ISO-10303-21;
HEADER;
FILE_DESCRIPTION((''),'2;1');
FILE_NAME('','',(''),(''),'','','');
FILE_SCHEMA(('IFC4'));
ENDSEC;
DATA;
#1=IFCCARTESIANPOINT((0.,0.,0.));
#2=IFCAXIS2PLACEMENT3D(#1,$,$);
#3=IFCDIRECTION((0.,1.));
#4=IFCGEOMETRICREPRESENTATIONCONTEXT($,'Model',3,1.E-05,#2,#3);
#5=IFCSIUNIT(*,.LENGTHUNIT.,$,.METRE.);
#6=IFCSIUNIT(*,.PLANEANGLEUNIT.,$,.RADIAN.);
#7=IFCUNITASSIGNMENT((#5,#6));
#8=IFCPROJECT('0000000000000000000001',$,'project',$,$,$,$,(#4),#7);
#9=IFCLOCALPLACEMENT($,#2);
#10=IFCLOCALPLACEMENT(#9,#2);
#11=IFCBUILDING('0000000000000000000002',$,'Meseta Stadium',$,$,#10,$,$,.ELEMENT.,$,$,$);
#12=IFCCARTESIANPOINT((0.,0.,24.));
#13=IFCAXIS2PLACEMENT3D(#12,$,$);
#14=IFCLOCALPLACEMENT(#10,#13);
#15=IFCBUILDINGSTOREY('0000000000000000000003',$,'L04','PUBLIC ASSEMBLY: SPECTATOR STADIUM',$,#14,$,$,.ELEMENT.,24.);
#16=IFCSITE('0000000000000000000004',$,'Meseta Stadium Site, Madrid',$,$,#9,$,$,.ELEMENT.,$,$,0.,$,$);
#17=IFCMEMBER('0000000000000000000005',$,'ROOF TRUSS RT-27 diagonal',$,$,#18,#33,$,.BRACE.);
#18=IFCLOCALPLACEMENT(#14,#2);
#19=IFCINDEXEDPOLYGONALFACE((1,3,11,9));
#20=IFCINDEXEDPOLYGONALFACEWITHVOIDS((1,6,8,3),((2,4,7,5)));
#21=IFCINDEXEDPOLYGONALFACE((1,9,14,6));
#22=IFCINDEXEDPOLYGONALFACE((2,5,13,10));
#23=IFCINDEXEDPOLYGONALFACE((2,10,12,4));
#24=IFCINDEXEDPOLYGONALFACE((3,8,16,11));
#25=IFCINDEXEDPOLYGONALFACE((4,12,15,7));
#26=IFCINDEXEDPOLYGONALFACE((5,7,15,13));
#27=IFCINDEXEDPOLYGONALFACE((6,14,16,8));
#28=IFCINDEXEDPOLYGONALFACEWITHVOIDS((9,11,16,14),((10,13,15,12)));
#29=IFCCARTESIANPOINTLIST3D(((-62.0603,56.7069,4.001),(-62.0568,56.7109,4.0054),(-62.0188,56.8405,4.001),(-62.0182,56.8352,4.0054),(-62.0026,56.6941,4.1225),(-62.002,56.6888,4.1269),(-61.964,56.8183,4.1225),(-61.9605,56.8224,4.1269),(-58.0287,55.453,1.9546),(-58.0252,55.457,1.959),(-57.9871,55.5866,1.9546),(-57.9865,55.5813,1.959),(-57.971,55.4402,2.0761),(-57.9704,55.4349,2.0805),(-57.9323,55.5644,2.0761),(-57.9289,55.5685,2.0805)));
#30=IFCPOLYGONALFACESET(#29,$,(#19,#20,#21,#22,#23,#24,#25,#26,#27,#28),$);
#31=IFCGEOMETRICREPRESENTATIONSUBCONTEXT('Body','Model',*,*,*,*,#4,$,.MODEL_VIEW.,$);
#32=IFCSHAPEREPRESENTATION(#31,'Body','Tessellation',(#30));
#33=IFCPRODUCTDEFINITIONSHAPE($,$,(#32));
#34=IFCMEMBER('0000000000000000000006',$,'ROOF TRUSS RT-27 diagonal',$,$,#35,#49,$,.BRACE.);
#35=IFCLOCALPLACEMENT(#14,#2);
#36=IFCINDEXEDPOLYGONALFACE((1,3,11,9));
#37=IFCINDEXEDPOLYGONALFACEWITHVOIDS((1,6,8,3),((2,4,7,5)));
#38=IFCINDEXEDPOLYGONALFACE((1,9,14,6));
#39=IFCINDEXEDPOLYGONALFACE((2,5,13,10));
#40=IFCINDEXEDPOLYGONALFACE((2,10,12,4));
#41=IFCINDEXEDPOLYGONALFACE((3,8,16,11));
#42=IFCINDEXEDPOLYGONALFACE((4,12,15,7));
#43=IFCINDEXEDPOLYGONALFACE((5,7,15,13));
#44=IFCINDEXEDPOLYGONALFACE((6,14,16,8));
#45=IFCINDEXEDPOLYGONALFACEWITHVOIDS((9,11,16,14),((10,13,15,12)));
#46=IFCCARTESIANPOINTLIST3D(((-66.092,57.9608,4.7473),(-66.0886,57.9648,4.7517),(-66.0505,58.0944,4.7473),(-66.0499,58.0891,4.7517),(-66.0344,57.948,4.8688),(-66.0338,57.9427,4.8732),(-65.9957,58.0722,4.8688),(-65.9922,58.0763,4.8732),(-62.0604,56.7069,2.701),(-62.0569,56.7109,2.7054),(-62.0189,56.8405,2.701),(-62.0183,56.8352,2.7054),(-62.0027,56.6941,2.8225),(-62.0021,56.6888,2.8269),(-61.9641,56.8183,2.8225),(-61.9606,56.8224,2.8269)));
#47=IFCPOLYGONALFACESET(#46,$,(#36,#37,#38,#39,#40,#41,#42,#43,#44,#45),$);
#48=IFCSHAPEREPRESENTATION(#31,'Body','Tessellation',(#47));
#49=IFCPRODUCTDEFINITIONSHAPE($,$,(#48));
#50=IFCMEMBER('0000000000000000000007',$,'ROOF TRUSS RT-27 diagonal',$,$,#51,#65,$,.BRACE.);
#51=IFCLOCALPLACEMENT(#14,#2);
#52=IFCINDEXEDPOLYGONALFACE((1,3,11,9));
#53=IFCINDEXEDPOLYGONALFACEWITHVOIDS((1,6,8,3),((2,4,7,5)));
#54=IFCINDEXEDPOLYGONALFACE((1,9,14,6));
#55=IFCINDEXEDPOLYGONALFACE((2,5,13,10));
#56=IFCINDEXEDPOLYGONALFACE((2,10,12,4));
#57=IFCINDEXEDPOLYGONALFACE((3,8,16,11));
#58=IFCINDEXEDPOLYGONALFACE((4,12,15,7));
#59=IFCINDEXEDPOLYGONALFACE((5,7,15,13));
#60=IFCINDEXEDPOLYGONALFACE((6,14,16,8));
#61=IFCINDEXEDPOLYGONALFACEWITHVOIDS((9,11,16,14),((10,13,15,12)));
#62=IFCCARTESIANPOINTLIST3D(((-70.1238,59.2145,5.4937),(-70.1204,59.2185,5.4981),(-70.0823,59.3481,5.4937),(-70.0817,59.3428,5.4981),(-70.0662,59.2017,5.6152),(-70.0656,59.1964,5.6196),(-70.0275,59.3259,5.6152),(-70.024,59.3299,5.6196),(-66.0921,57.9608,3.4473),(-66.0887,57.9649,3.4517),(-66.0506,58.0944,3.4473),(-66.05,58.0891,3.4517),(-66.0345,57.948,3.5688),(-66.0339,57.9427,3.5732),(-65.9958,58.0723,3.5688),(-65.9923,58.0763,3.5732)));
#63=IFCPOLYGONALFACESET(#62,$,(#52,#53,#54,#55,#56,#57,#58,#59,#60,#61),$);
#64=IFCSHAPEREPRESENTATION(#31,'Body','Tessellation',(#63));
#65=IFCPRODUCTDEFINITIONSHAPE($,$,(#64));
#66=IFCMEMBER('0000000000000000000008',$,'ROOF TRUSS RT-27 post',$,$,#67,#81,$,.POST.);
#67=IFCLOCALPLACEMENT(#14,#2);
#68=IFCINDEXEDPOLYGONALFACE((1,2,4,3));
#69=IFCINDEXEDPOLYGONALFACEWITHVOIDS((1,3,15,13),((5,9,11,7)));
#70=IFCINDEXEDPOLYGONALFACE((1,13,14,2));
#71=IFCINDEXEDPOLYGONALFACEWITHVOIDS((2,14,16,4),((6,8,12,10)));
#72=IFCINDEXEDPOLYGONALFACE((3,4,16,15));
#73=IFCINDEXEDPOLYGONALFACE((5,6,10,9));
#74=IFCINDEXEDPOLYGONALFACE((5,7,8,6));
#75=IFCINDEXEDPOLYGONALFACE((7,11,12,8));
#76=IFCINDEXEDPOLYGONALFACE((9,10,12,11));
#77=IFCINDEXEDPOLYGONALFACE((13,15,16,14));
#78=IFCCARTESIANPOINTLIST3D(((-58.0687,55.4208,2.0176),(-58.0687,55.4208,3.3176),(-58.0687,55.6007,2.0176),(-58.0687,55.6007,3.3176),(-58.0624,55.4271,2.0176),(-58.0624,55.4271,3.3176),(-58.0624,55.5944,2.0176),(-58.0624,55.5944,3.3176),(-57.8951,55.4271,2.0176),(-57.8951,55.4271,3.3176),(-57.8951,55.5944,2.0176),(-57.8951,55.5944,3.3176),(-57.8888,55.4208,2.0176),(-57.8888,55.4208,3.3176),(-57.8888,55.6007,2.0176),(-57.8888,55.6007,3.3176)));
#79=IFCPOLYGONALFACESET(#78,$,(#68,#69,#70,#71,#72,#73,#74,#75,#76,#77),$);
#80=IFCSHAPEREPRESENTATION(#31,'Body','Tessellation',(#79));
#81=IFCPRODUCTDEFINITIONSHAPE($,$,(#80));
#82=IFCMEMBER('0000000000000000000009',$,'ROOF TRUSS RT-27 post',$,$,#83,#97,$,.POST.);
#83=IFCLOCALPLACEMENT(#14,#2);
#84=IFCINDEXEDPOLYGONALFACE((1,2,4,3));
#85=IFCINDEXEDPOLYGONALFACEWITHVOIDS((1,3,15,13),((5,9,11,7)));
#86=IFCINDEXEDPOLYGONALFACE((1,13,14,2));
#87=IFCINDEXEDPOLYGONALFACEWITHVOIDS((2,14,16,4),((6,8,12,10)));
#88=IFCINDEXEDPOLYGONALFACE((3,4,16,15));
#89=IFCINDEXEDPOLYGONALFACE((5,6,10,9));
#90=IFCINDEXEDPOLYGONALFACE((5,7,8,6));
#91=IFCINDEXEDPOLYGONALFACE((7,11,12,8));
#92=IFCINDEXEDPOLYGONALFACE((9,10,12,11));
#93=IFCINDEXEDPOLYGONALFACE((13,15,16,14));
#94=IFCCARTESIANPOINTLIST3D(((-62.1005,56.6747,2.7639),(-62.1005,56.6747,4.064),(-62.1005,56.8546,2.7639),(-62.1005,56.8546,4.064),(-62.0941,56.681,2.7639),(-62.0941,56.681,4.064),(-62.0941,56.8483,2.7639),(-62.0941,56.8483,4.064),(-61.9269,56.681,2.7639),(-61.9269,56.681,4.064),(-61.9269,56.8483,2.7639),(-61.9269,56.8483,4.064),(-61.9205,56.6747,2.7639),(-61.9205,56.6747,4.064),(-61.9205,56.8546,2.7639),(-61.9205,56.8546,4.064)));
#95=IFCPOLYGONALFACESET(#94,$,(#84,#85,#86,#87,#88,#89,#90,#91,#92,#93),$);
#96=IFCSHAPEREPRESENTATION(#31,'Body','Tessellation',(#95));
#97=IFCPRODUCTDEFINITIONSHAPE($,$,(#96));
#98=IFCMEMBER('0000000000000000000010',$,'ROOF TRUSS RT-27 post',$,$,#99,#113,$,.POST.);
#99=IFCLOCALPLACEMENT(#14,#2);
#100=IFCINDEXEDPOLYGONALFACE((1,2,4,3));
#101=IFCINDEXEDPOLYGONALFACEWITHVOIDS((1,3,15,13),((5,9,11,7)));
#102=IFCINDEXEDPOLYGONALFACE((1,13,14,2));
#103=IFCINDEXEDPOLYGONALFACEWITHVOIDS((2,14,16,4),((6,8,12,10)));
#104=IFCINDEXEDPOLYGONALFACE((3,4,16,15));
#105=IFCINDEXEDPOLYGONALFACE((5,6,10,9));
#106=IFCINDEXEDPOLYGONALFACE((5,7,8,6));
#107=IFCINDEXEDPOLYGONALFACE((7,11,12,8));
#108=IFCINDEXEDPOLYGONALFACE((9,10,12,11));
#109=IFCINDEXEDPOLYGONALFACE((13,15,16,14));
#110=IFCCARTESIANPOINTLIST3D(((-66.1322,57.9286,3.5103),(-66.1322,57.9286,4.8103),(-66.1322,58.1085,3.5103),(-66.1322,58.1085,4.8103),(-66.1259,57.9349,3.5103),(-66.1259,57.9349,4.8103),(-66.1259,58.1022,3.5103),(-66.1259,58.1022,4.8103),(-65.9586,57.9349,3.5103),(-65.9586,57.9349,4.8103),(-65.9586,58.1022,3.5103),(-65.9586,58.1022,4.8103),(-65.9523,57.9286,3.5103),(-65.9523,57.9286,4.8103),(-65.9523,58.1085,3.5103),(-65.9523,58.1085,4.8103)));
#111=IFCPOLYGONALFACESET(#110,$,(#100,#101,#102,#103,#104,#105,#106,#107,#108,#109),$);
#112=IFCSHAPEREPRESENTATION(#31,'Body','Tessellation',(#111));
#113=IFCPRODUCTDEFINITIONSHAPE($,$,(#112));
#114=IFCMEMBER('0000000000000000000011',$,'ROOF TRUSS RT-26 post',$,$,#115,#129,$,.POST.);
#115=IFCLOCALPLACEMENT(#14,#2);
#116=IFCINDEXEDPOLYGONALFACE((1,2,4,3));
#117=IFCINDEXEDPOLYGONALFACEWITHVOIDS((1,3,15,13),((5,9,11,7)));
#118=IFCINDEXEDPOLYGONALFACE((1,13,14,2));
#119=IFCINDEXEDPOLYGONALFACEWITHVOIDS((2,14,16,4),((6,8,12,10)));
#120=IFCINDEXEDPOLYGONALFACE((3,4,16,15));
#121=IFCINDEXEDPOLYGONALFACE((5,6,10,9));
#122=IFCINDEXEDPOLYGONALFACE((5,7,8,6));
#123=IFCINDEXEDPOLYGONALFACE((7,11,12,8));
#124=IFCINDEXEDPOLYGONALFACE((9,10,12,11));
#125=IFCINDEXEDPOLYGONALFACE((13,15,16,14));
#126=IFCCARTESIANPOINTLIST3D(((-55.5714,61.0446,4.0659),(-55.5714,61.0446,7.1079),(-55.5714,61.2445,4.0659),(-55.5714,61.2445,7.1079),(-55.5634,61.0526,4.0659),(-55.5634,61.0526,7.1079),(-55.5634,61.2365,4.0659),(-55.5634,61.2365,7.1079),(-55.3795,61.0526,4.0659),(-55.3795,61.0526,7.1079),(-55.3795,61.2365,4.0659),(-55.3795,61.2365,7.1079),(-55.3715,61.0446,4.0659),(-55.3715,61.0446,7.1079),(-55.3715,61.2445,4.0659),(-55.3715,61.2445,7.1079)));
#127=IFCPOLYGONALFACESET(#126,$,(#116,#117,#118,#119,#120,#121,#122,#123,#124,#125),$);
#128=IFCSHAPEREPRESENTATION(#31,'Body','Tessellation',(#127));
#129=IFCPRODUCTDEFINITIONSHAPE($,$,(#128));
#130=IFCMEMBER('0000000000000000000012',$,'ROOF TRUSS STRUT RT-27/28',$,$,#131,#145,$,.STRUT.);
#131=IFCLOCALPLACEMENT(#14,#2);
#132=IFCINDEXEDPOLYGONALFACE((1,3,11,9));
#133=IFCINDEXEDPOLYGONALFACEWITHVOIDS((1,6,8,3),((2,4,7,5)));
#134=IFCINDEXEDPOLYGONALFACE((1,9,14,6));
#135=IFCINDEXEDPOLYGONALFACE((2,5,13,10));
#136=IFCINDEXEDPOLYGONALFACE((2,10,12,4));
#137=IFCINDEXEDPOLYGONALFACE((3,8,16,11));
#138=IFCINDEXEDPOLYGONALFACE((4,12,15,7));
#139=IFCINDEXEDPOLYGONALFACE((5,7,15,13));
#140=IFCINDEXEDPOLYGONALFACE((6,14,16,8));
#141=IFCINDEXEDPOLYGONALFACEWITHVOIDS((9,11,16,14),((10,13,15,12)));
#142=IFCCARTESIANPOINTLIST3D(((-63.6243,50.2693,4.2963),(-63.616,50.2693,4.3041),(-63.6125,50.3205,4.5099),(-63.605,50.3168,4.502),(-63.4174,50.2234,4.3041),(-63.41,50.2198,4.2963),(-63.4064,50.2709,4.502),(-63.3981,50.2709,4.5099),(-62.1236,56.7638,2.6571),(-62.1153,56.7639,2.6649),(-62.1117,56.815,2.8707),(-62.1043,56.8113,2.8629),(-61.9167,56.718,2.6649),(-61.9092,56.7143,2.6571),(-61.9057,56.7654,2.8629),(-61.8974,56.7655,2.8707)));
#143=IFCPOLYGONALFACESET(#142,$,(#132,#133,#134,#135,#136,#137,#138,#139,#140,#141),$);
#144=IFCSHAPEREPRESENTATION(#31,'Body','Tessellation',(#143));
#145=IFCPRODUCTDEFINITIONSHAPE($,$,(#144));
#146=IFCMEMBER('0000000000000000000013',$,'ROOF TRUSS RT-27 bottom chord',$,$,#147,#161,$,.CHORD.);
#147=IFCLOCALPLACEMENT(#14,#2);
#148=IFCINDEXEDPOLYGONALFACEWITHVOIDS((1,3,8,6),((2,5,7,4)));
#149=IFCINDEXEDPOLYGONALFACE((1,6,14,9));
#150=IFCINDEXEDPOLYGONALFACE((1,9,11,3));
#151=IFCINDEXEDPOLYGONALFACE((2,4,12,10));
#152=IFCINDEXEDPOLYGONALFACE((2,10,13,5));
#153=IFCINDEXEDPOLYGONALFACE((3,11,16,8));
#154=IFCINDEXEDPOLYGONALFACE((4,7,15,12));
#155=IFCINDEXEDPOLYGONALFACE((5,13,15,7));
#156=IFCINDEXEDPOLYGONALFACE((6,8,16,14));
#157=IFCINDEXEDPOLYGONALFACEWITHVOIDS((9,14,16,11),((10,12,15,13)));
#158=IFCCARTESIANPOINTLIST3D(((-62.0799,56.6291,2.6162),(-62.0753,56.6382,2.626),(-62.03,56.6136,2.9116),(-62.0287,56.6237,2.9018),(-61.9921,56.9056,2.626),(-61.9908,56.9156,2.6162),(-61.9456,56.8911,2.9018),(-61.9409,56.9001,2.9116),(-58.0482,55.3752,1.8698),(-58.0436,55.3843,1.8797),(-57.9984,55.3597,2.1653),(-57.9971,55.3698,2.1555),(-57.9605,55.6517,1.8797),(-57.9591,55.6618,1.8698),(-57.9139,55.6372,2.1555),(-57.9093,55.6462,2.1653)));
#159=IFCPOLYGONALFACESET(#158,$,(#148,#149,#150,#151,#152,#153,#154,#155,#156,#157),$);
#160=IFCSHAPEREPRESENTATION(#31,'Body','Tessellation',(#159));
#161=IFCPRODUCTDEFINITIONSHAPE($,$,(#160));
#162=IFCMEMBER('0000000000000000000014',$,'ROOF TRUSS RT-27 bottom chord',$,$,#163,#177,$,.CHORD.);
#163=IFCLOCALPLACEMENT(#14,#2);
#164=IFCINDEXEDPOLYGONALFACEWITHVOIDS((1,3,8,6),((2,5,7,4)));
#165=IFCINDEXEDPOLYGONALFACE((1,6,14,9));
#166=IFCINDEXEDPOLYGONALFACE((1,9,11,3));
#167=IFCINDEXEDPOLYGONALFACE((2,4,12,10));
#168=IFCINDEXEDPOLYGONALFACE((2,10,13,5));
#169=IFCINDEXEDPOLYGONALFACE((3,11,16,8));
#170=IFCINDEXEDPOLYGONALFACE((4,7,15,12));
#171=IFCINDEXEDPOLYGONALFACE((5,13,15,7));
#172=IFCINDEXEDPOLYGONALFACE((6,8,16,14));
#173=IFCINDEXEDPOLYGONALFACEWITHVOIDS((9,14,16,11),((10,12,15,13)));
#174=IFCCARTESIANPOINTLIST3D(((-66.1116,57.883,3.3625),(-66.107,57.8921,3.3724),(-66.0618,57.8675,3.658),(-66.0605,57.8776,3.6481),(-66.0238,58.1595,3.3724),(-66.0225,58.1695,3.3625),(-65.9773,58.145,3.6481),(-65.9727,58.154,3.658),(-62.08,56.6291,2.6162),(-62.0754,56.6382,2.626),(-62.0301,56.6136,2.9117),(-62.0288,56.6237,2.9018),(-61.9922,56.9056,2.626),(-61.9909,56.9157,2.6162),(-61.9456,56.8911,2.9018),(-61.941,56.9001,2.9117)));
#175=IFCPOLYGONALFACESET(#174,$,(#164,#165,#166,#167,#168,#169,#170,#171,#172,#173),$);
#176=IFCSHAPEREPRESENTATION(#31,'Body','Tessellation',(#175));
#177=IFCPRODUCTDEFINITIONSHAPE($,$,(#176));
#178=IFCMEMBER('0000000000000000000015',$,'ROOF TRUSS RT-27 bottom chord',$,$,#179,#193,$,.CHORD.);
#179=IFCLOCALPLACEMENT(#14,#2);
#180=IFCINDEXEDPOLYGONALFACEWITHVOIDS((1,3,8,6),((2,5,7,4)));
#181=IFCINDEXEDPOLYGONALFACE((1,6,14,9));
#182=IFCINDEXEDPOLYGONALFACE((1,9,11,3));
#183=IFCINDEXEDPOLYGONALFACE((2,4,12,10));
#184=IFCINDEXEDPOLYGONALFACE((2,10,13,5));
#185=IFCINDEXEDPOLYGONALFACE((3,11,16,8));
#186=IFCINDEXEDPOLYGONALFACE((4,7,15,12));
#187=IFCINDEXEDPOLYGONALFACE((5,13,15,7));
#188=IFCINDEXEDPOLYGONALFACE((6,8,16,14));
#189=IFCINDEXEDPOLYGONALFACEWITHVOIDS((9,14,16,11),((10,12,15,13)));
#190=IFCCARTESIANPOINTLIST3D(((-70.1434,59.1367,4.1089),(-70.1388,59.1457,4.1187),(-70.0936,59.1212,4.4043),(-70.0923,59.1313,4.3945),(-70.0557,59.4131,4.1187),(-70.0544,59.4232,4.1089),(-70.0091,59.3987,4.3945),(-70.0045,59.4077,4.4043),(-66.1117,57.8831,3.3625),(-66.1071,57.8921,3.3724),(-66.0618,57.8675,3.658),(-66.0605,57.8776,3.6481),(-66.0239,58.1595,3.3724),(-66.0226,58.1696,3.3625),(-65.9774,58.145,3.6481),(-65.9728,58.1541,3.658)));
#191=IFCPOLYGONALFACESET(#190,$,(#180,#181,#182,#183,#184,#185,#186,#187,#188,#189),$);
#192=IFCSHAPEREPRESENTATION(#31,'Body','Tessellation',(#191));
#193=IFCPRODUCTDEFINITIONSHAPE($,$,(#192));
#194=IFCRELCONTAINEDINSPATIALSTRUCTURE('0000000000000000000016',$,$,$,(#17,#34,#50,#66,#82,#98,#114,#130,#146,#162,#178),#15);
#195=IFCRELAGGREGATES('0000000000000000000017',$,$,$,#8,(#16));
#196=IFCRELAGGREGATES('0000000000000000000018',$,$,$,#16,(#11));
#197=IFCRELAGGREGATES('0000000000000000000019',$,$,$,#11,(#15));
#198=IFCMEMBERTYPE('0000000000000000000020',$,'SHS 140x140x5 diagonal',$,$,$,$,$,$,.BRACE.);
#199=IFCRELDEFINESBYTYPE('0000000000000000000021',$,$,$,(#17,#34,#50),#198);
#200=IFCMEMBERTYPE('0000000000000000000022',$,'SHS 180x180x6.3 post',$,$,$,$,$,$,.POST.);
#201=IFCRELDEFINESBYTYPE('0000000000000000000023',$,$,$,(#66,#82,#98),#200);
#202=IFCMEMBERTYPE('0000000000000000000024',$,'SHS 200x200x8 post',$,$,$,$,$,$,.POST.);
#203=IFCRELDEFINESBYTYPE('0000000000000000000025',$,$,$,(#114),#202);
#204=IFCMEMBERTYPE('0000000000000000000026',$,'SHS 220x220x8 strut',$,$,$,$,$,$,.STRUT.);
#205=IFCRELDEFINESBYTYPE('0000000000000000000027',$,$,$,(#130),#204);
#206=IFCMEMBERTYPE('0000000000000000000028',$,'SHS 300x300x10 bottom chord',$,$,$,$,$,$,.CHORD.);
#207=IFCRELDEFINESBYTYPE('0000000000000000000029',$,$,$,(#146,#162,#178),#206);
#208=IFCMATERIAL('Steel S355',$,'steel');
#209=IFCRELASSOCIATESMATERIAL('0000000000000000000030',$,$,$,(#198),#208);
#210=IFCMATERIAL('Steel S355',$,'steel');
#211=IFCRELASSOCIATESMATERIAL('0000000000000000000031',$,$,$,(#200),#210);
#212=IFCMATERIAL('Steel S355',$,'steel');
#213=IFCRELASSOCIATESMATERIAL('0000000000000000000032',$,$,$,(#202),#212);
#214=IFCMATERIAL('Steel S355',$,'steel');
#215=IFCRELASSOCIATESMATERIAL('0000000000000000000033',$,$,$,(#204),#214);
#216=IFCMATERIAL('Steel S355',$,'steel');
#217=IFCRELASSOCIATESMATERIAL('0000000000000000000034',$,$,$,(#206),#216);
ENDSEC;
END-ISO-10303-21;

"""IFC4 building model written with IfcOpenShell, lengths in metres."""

from ifc_helpers import new_model, si_unit, direction, frame, origin, origin_2d, place, context, subcontext, project, spatial, hollow_rectangle, extrude, material, material_profile, profile_set, type_object, element, save


model = new_model("IFC4")

# Units and contexts
model_context = context("Model", 3, precision=1e-05, world=origin(), true_north=direction((0.0, 1.0)))
body_context = subcontext(model_context, "Body", "Model", "MODEL_VIEW")
ifc_project = project(units=[si_unit("LENGTHUNIT", "METRE"), si_unit("PLANEANGLEUNIT", "RADIAN")], contexts=[model_context])

# Site, building, storey
site_placement = place(None, origin())
site = spatial("IfcSite", under=ifc_project, at=site_placement, Name="Meseta Stadium Site, Madrid", CompositionType="ELEMENT", RefElevation=0.0)
building_placement = place(site_placement, origin())
building = spatial("IfcBuilding", under=site, at=building_placement, Name="Meseta Stadium", CompositionType="ELEMENT")
storey_placement = place(building_placement, frame((0.0, 0.0, 24.0)))
storey = spatial("IfcBuildingStorey", under=building, at=storey_placement, Name="L04", Description="PUBLIC ASSEMBLY: SPECTATOR STADIUM", CompositionType="ELEMENT", Elevation=24.0)

# Members
ifc_material_1 = material(Name="Steel S355", Category="steel")
ifc_material_profile_1 = material_profile(ifc_material_1, hollow_rectangle(XDim=0.1399, YDim=0.1399, WallThickness=0.0049, at=origin_2d()), Name="SHS 140x140x5")
ifc_profile_set_1 = profile_set([ifc_material_profile_1], Name="Steel S355")
member_type_1 = type_object("IfcMemberType", Name="SHS 140x140x5 diagonal", PredefinedType="BRACE", material=ifc_profile_set_1)
for number, where, z_axis, x_axis, name in (
    (1, (-57.9788, 55.5107, 2.0176), (-0.859279, 0.267243, 0.436144), (-0.296978, -0.954884, 0.0), "ROOF TRUSS RT-27 diagonal"),
    (2, (-62.0105, 56.7646, 2.7639), (-0.859279, 0.267243, 0.436144), (-0.296978, -0.954884, 0.0), "ROOF TRUSS RT-27 diagonal"),
    (3, (-66.0422, 58.0186, 3.5103), (-0.859291, 0.267195, 0.43615), (-0.296925, -0.954901, 0.0), "ROOF TRUSS RT-27 diagonal"),
):
    element("IfcMember", number, at=place(storey_placement, frame(where, z_axis=z_axis, x_axis=x_axis)), inside=storey, type_object=member_type_1, Name=name, PredefinedType="BRACE", context=body_context, shape_type="SweptSolid", body=[
        extrude(hollow_rectangle(XDim=0.1399, YDim=0.1399, WallThickness=0.0049, at=origin_2d()), origin(), (0.0, 0.0, 1.0), 4.6919),
    ])
ifc_material_2 = material(Name="Steel S355", Category="steel")
ifc_material_profile_2 = material_profile(ifc_material_2, hollow_rectangle(XDim=0.1799, YDim=0.1799, WallThickness=0.0063, at=origin_2d()), Name="SHS 180x180x6.3")
ifc_profile_set_2 = profile_set([ifc_material_profile_2], Name="Steel S355")
member_type_2 = type_object("IfcMemberType", Name="SHS 180x180x6.3 post", PredefinedType="POST", material=ifc_profile_set_2)
for number, where, z_axis, x_axis, name in (
    (4, (-57.9788, 55.5107, 2.0176), (0.0, 0.0, 1.0), (1.0, 0.0, 0.0), "ROOF TRUSS RT-27 post"),
    (5, (-62.0105, 56.7646, 2.7639), (0.0, 0.0, 1.0), (1.0, 0.0, 0.0), "ROOF TRUSS RT-27 post"),
    (6, (-66.0422, 58.0186, 3.5103), (0.0, 0.0, 1.0), (1.0, 0.0, 0.0), "ROOF TRUSS RT-27 post"),
):
    element("IfcMember", number, at=place(storey_placement, frame(where, z_axis=z_axis, x_axis=x_axis)), inside=storey, type_object=member_type_2, Name=name, PredefinedType="POST", context=body_context, shape_type="SweptSolid", body=[
        extrude(hollow_rectangle(XDim=0.1799, YDim=0.1799, WallThickness=0.0063, at=origin_2d()), origin(), (0.0, 0.0, 1.0), 1.3),
    ])
ifc_material_3 = material(Name="Steel S355", Category="steel")
ifc_material_profile_3 = material_profile(ifc_material_3, hollow_rectangle(XDim=0.2, YDim=0.2, WallThickness=0.0081, at=origin_2d()), Name="SHS 200x200x8")
ifc_profile_set_3 = profile_set([ifc_material_profile_3], Name="Steel S355")
member_type_3 = type_object("IfcMemberType", Name="SHS 200x200x8 post", PredefinedType="POST", material=ifc_profile_set_3)
member_1_placement = place(storey_placement, frame((-55.4714, 61.1445, 4.0659), z_axis=(0.0, 0.0, 1.0), x_axis=(1.0, 0.0, 0.0)))
element("IfcMember", 7, at=member_1_placement, inside=storey, type_object=member_type_3, Name="ROOF TRUSS RT-26 post", PredefinedType="POST", context=body_context, shape_type="SweptSolid", body=[
    extrude(hollow_rectangle(XDim=0.2, YDim=0.2, WallThickness=0.0081, at=origin_2d()), origin(), (0.0, 0.0, 1.0), 3.042),
])
ifc_material_4 = material(Name="Steel S355", Category="steel")
ifc_material_profile_4 = material_profile(ifc_material_4, hollow_rectangle(XDim=0.22, YDim=0.22, WallThickness=0.0081, at=origin_2d()), Name="SHS 220x220x8")
ifc_profile_set_4 = profile_set([ifc_material_profile_4], Name="Steel S355")
member_type_4 = type_object("IfcMemberType", Name="SHS 220x220x8 strut", PredefinedType="STRUT", material=ifc_profile_set_4)
member_2_placement = place(storey_placement, frame((-62.0105, 56.7646, 2.7639), z_axis=(-0.218627, -0.946139, 0.238793), x_axis=(0.974326, -0.22514, 0.0)))
element("IfcMember", 8, at=member_2_placement, inside=storey, type_object=member_type_4, Name="ROOF TRUSS STRUT RT-27/28", PredefinedType="STRUT", context=body_context, shape_type="SweptSolid", body=[
    extrude(hollow_rectangle(XDim=0.22, YDim=0.22, WallThickness=0.0081, at=origin_2d()), origin(), (0.0, 0.0, 1.0), 6.8643),
])
ifc_material_5 = material(Name="Steel S355", Category="steel")
ifc_material_profile_5 = material_profile(ifc_material_5, hollow_rectangle(XDim=0.3, YDim=0.3, WallThickness=0.01, at=origin_2d()), Name="SHS 300x300x10")
ifc_profile_set_5 = profile_set([ifc_material_profile_5], Name="Steel S355")
member_type_5 = type_object("IfcMemberType", Name="SHS 300x300x10 bottom chord", PredefinedType="CHORD", material=ifc_profile_set_5)
for number, where, z_axis, x_axis, name in (
    (9, (-57.9788, 55.5107, 2.0176), (-0.940307, 0.292444, 0.174066), (-0.296978, -0.954884, 0.0), "ROOF TRUSS RT-27 bottom chord"),
    (10, (-62.0105, 56.7646, 2.7639), (-0.940307, 0.292444, 0.174066), (-0.296978, -0.954884, 0.0), "ROOF TRUSS RT-27 bottom chord"),
    (11, (-66.0422, 58.0186, 3.5103), (-0.940323, 0.292392, 0.174068), (-0.296925, -0.954901, 0.0), "ROOF TRUSS RT-27 bottom chord"),
):
    element("IfcMember", number, at=place(storey_placement, frame(where, z_axis=z_axis, x_axis=x_axis)), inside=storey, type_object=member_type_5, Name=name, PredefinedType="CHORD", context=body_context, shape_type="SweptSolid", body=[
        extrude(hollow_rectangle(XDim=0.3, YDim=0.3, WallThickness=0.01, at=origin_2d()), origin(), (0.0, 0.0, 1.0), 4.2876),
    ])

save(model, "model.ifc")
